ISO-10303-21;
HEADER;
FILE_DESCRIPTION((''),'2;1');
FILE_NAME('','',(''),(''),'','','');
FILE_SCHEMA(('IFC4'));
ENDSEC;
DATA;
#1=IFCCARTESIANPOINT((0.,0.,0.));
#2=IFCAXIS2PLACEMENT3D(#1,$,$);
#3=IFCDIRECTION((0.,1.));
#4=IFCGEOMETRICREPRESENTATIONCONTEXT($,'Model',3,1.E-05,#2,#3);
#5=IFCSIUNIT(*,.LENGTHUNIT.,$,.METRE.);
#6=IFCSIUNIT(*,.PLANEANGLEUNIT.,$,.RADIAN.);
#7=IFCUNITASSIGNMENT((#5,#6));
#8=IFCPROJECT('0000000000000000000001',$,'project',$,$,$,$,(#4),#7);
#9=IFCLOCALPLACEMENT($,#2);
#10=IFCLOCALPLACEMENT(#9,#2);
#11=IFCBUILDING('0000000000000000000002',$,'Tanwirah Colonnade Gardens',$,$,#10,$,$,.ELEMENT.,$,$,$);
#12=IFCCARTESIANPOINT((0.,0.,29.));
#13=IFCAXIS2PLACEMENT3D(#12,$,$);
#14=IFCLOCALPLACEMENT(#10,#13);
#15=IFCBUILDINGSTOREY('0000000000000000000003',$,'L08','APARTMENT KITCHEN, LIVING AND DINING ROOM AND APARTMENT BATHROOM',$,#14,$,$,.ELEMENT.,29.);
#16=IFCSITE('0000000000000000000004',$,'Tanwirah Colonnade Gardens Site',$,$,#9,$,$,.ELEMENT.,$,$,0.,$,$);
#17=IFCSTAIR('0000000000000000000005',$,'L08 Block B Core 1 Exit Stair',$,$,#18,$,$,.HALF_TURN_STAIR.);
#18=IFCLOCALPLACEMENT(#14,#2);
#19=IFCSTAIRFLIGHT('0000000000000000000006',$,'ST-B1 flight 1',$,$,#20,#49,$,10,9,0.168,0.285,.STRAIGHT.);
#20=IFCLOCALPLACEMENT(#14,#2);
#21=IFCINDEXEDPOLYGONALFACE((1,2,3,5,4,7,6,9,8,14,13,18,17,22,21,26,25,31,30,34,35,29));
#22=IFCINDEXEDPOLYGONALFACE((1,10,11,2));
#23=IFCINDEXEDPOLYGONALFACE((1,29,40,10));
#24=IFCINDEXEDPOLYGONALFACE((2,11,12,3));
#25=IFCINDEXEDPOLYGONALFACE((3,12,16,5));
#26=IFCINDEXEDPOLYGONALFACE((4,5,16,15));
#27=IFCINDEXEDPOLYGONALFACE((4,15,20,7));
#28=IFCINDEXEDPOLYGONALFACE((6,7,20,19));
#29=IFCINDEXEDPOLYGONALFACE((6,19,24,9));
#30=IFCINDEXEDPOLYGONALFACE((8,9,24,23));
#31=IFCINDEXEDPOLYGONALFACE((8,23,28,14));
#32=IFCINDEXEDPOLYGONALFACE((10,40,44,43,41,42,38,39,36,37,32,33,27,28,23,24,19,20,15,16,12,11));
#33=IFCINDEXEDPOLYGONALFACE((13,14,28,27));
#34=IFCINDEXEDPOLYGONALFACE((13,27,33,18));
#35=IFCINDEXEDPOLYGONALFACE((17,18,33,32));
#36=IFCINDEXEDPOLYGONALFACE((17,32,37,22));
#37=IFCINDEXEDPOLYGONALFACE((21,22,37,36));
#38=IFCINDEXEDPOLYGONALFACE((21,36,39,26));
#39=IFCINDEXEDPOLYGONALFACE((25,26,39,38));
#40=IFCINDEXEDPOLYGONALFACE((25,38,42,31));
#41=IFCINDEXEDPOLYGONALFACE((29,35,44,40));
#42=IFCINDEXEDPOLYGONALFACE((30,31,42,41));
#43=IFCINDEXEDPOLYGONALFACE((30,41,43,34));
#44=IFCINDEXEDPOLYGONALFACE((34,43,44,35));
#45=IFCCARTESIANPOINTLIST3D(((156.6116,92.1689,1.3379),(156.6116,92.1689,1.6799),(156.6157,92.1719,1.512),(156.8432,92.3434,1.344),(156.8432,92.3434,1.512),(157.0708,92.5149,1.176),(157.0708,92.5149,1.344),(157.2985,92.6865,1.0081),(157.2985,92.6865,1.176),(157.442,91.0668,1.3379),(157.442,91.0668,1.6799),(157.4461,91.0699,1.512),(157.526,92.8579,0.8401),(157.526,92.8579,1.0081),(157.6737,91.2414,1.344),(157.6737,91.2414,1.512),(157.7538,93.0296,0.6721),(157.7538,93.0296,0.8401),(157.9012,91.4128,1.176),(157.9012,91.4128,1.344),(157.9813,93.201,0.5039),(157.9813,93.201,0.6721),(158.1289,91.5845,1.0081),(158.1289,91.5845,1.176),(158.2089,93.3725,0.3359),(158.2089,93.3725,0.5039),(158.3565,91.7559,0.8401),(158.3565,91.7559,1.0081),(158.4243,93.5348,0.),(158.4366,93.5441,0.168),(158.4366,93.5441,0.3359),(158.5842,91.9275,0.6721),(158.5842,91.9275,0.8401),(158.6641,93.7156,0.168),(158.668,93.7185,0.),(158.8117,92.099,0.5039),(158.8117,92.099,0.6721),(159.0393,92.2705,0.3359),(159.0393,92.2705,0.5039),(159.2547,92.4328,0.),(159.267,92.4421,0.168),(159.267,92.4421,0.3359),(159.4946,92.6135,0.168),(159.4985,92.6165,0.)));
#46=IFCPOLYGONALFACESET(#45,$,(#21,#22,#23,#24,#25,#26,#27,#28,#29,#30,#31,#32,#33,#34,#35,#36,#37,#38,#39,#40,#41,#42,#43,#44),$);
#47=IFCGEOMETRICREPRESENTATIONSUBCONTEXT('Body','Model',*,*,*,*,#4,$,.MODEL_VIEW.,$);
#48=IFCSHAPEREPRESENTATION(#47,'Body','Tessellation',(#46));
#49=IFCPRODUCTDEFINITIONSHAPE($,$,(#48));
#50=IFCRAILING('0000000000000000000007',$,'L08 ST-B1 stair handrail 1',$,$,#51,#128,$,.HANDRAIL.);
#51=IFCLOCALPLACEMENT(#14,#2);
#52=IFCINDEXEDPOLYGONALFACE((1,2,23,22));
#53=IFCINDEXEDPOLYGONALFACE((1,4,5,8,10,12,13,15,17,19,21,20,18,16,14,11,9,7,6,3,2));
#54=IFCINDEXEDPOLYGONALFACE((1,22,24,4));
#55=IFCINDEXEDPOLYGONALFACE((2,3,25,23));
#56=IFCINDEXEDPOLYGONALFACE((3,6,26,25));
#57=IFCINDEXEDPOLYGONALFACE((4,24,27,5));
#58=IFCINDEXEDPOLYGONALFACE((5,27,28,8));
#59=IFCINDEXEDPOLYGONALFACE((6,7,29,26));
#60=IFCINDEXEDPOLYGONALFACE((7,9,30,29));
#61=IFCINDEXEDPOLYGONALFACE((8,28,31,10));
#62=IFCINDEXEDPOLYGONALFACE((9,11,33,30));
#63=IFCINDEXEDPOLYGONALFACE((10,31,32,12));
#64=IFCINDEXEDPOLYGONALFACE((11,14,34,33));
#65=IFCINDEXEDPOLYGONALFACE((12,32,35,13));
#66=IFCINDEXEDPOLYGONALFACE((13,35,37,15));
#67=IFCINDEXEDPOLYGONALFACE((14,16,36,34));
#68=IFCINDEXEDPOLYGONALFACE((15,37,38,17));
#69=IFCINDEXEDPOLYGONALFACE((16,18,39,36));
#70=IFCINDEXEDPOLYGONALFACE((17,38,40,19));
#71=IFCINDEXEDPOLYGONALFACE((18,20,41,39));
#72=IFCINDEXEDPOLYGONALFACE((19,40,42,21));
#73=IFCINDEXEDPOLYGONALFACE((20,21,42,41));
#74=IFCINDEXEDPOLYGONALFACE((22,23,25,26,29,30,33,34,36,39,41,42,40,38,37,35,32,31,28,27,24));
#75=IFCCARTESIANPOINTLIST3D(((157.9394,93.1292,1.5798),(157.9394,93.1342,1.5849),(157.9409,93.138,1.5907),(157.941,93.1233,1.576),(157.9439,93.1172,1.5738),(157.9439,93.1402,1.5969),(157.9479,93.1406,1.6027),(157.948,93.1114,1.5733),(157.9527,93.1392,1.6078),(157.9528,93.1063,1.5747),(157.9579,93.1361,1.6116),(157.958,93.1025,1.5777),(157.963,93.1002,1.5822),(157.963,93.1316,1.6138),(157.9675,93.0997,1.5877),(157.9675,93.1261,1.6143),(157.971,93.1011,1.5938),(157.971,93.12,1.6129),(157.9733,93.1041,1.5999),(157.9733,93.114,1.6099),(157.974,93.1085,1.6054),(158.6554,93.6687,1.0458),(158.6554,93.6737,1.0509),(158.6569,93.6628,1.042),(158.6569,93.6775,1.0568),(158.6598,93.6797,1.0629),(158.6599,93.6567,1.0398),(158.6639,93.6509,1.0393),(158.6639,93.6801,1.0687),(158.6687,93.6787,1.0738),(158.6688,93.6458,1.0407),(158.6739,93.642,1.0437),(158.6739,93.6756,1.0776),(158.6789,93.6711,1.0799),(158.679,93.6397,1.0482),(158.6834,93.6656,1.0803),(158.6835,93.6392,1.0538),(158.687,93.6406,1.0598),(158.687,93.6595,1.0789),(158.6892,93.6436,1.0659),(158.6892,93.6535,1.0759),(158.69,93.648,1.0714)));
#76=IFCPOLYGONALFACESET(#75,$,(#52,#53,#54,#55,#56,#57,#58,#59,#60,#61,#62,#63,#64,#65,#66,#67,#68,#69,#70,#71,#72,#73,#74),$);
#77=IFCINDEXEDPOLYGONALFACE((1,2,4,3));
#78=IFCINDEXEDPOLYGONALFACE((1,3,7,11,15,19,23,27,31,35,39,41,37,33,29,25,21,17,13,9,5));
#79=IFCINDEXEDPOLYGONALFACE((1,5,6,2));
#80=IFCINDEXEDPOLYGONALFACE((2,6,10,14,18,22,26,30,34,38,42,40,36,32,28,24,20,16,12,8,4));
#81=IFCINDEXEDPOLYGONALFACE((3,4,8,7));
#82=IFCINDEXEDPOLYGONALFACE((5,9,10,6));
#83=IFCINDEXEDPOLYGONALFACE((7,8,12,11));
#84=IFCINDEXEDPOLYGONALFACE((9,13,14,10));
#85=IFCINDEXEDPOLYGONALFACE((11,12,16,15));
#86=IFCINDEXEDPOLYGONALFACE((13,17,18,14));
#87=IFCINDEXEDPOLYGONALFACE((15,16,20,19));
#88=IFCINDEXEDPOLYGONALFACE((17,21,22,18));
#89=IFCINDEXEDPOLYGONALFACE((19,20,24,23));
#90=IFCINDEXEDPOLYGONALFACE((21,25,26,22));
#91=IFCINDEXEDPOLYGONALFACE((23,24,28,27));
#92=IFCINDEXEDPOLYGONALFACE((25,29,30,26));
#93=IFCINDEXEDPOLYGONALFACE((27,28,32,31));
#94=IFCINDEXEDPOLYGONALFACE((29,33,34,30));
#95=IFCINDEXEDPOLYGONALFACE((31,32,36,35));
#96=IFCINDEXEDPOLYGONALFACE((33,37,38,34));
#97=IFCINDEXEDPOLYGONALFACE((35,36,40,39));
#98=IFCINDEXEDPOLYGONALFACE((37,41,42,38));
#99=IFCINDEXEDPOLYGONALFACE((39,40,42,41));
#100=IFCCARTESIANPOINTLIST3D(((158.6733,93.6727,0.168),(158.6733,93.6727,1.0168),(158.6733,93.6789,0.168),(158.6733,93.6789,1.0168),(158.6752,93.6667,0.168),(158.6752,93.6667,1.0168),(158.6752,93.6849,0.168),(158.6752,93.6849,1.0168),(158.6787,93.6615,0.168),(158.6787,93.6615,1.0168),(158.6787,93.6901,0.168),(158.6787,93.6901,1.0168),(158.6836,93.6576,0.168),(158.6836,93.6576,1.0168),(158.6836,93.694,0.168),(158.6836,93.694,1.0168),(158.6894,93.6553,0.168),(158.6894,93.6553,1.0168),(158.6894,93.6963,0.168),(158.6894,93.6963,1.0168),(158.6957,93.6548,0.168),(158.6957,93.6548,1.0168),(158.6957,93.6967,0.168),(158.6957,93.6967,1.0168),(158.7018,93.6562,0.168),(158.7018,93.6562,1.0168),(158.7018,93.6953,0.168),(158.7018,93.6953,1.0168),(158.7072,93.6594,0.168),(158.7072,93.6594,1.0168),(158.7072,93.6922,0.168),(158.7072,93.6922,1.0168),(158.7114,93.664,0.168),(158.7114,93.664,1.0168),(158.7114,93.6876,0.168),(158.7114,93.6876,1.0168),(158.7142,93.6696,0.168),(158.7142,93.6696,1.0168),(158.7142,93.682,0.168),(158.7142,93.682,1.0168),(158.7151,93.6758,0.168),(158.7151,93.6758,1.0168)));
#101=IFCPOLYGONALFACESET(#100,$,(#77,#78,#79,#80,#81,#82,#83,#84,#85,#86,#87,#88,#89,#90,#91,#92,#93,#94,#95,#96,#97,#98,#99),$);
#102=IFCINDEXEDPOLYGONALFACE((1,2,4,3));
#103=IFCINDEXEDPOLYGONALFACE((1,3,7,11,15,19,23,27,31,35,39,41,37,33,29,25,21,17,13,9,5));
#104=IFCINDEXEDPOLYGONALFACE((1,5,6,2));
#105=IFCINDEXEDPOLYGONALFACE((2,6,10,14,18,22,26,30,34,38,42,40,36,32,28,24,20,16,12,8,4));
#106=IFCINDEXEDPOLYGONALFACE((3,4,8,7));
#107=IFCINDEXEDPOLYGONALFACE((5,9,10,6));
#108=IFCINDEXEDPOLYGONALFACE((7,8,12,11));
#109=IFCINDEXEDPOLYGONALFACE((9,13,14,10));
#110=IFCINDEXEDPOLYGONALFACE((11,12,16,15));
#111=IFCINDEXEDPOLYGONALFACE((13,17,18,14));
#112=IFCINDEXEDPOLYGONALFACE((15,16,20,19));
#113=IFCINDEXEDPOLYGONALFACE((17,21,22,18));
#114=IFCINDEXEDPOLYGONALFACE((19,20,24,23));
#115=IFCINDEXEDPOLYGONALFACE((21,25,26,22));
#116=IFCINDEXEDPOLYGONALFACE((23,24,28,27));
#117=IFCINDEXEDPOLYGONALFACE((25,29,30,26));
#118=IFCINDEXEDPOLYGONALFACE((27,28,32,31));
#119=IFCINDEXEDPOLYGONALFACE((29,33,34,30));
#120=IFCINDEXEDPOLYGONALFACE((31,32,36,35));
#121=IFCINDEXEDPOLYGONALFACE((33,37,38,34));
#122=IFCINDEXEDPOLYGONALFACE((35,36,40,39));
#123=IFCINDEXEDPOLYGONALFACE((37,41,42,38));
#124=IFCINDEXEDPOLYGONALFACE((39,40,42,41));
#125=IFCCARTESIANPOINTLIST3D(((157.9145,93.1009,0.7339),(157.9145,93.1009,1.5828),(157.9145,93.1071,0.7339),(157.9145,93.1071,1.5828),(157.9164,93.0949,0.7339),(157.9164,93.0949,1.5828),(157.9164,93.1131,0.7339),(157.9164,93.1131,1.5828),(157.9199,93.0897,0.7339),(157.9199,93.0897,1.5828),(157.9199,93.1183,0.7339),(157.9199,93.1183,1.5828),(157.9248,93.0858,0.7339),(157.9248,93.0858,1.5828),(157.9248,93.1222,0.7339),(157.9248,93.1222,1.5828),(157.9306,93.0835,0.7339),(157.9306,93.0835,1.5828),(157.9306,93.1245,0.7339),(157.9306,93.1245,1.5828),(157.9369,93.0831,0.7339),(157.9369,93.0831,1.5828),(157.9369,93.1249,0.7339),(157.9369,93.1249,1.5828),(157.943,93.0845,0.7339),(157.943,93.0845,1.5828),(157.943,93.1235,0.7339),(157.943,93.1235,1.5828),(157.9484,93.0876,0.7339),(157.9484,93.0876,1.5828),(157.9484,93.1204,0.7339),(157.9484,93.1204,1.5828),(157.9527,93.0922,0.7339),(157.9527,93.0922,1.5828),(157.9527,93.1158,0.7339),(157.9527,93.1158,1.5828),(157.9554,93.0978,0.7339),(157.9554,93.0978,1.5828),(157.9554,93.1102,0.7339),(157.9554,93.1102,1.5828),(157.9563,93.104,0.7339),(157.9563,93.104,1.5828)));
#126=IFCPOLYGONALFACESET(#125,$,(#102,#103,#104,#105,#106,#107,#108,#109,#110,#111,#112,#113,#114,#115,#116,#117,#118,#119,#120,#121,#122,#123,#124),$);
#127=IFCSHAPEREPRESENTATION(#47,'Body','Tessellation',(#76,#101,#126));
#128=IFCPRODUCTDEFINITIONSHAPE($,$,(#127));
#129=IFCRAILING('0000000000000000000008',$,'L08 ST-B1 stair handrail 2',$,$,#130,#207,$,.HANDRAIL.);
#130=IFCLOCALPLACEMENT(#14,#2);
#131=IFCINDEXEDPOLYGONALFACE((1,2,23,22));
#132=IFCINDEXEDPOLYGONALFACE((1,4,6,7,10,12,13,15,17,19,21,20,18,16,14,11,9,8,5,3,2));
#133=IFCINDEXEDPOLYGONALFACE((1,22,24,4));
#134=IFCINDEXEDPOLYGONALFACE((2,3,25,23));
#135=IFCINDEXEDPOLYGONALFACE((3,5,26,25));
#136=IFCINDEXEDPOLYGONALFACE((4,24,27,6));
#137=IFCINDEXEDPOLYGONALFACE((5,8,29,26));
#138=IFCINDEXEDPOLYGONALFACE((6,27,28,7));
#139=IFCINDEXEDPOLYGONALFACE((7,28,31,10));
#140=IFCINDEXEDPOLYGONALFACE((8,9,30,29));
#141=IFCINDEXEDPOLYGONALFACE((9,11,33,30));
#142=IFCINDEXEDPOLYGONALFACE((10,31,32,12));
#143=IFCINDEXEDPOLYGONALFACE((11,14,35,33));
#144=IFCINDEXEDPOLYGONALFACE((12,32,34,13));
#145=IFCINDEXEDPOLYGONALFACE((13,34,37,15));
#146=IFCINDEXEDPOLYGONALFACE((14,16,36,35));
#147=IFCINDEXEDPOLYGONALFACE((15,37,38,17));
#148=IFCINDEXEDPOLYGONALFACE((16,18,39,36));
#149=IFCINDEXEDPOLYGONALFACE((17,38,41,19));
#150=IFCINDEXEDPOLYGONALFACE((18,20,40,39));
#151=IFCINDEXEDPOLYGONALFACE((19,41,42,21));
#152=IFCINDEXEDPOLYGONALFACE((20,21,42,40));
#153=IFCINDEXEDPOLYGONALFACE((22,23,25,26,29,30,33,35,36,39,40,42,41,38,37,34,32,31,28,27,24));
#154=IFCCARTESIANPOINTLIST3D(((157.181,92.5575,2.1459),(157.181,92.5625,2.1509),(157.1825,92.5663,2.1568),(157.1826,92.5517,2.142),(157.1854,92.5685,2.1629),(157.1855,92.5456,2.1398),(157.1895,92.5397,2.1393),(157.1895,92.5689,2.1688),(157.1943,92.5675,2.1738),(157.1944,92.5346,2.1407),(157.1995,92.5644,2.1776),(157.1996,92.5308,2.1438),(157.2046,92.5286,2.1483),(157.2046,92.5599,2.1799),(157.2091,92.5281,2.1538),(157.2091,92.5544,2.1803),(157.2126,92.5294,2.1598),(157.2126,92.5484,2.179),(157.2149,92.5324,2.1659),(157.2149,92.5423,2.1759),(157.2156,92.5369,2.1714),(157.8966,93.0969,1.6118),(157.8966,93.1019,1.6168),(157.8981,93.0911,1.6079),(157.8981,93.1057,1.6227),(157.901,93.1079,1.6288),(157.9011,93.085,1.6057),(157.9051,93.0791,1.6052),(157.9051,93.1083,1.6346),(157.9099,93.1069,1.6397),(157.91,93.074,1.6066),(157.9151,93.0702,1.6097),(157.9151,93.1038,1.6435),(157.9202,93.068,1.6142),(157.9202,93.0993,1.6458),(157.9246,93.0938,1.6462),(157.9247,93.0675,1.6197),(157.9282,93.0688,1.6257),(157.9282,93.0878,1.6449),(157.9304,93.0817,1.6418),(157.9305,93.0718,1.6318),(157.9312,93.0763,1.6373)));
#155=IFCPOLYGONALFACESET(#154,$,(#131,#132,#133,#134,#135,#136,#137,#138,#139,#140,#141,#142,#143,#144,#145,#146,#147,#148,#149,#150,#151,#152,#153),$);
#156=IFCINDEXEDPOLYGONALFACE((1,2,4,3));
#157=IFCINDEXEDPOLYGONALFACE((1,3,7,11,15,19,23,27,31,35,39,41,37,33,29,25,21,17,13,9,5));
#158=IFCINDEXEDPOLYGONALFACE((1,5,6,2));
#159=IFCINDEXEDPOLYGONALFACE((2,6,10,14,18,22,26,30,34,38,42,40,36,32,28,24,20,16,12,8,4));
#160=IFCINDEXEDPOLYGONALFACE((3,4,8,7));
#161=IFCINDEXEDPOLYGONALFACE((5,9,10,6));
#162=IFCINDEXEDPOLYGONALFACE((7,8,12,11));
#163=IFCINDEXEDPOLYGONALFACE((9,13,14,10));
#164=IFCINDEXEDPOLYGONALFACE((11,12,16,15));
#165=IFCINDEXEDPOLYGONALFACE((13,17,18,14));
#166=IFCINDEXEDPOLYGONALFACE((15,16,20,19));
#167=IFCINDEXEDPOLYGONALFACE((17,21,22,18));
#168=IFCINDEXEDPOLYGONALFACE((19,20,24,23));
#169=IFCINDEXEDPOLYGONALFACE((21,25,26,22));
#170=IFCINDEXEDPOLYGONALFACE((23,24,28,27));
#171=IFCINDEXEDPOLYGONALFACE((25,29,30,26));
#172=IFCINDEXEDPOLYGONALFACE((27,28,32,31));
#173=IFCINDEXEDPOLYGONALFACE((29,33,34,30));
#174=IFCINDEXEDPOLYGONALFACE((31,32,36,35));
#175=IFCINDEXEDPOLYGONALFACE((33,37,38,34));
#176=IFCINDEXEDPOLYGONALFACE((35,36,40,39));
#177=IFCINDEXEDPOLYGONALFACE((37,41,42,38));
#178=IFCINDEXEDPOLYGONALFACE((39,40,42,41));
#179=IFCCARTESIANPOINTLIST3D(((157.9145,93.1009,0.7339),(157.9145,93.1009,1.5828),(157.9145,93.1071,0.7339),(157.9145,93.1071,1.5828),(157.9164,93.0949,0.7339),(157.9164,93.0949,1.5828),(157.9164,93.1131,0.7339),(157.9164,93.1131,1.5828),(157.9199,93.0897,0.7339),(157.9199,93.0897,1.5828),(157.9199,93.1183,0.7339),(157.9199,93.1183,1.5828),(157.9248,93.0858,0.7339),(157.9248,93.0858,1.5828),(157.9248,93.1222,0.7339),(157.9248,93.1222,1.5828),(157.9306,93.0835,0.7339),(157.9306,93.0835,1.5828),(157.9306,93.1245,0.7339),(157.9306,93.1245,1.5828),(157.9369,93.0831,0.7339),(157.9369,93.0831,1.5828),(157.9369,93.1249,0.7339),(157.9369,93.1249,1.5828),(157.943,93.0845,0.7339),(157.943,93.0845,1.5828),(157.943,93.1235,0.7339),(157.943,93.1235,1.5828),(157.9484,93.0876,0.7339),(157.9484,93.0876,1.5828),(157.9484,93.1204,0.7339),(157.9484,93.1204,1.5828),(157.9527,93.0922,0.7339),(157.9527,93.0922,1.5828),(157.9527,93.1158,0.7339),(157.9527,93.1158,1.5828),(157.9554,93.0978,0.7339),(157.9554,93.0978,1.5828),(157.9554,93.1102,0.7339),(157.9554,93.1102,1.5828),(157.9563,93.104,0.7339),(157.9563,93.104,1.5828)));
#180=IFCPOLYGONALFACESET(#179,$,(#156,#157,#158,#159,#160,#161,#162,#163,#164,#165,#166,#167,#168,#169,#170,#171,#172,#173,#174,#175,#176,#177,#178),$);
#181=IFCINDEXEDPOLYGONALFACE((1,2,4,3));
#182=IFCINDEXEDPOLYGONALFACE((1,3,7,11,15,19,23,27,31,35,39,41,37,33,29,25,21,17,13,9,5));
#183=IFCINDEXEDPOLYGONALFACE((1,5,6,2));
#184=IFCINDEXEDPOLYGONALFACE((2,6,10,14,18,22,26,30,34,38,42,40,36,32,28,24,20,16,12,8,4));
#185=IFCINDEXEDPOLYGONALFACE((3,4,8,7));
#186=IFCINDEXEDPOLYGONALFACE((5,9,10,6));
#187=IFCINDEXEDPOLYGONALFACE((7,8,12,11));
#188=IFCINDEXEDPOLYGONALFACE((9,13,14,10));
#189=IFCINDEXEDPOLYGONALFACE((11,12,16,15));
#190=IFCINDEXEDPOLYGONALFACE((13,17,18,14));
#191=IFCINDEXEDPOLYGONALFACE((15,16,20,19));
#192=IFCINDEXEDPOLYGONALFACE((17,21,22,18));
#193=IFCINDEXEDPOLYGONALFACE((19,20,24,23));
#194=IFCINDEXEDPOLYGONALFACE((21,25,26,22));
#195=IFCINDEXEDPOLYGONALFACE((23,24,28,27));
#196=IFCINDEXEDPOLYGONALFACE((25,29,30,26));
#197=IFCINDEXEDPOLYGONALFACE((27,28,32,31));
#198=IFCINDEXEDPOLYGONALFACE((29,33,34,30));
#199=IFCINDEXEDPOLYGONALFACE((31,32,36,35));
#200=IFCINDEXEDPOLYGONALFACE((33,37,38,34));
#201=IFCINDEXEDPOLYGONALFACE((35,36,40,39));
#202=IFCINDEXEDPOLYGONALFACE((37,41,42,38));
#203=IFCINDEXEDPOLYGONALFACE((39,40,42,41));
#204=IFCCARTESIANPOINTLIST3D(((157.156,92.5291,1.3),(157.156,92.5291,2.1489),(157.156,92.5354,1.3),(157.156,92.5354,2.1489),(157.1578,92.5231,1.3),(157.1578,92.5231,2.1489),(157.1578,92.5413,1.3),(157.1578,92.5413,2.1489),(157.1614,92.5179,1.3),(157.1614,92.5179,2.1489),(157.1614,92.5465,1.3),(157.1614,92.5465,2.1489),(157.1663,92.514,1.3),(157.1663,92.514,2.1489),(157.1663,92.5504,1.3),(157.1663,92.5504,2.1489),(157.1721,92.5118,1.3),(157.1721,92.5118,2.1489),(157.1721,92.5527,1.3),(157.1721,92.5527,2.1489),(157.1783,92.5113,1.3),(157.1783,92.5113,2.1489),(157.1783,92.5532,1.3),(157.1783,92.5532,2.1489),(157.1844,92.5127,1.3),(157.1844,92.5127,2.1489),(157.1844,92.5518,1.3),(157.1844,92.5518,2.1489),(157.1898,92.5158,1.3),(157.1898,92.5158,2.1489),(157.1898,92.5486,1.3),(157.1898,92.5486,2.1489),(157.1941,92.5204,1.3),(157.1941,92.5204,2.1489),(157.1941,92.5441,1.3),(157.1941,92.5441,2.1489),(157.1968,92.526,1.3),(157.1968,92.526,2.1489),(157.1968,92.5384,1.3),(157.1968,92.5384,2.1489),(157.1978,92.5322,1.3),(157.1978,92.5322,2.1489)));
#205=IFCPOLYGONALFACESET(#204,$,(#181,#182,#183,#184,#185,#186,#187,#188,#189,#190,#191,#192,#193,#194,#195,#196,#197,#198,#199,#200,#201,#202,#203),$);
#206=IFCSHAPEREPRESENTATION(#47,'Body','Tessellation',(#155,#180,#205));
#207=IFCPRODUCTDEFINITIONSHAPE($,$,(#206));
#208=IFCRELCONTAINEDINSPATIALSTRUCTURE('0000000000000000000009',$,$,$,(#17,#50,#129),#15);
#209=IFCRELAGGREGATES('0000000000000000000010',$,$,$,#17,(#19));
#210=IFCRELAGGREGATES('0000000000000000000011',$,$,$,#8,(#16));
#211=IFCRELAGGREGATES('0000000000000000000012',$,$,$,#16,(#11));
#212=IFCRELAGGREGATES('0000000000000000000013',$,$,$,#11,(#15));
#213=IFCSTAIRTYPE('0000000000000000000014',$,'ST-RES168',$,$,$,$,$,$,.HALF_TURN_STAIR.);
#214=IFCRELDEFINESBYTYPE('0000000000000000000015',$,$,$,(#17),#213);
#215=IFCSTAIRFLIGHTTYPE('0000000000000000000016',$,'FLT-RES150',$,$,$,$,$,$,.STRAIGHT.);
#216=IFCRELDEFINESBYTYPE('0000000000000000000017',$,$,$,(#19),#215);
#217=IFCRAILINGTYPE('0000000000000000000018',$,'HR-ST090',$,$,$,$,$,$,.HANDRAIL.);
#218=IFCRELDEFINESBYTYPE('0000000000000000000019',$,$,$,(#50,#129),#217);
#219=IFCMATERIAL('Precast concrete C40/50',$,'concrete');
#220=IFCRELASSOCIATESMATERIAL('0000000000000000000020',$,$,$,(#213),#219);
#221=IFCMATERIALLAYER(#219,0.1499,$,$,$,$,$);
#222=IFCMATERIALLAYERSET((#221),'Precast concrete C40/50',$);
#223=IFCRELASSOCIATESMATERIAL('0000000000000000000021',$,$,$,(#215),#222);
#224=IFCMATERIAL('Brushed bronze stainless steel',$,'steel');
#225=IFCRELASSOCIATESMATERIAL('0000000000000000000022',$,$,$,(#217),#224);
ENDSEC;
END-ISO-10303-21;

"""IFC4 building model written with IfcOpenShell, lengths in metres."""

from ifc_helpers import new_model, si_unit, direction, frame, origin, origin_2d, place, context, subcontext, project, spatial, polyline, circle, outline, extrude, material, layer, layer_set, type_object, element, aggregate, save


model = new_model("IFC4")

# Units and contexts
model_context = context("Model", 3, precision=1e-05, world=origin(), true_north=direction((0.0, 1.0)))
body_context = subcontext(model_context, "Body", "Model", "MODEL_VIEW")
ifc_project = project(units=[si_unit("LENGTHUNIT", "METRE"), si_unit("PLANEANGLEUNIT", "RADIAN")], contexts=[model_context])

# Site, building, storey
site_placement = place(None, origin())
site = spatial("IfcSite", under=ifc_project, at=site_placement, Name="Tanwirah Colonnade Gardens Site", CompositionType="ELEMENT", RefElevation=0.0)
building_placement = place(site_placement, origin())
building = spatial("IfcBuilding", under=site, at=building_placement, Name="Tanwirah Colonnade Gardens", CompositionType="ELEMENT")
storey_placement = place(building_placement, frame((0.0, 0.0, 29.0)))
storey = spatial("IfcBuildingStorey", under=building, at=storey_placement, Name="L08", Description="APARTMENT KITCHEN, LIVING AND DINING ROOM AND APARTMENT BATHROOM", CompositionType="ELEMENT", Elevation=29.0)

# Shared definitions
ifc_material_1 = material(Name="Precast concrete C40/50", Category="concrete")

# Stair, stair flight
stair_type = type_object("IfcStairType", Name="ST-RES168", PredefinedType="HALF_TURN_STAIR", material=ifc_material_1)
stair_placement = place(storey_placement, origin())
stair = element("IfcStair", 1, at=stair_placement, inside=storey, type_object=stair_type, Name="L08 Block B Core 1 Exit Stair", PredefinedType="HALF_TURN_STAIR")
ifc_layer_1 = layer(ifc_material_1, 0.1499)
ifc_layer_set_1 = layer_set([ifc_layer_1], Name="Precast concrete C40/50")
stair_flight_type = type_object("IfcStairFlightType", Name="FLT-RES150", PredefinedType="STRAIGHT", material=ifc_layer_set_1)
stair_flight_placement = place(storey_placement, frame((159.0793, 93.1646, 0.0), z_axis=(0.0, 0.0, 1.0), x_axis=(-0.798636, -0.601815, 0.0)))
stair_flight = element("IfcStairFlight", 2, at=stair_flight_placement, type_object=stair_flight_type, Name="ST-B1 flight 1", NumberOfRisers=10, NumberOfTreads=9, PredefinedType="STRAIGHT", RiserHeight=0.168, TreadLength=0.285, context=body_context, shape_type="SweptSolid", body=[
    extrude(outline(polyline([(-0.0049, 0.0), (0.0, 0.168), (0.2849, 0.168), (0.2849, 0.3359), (0.5701, 0.3359), (0.5701, 0.5039), (0.855, 0.5039), (0.855, 0.6721), (1.1399, 0.6721), (1.1399, 0.8401), (1.425, 0.8401), (1.425, 1.0081), (1.71, 1.0081), (1.71, 1.176), (1.9951, 1.176), (1.9951, 1.344), (2.28, 1.344), (2.28, 1.512), (2.5649, 1.512), (2.5701, 1.6799), (2.5701, 1.3379), (0.3003, 0.0), (-0.0049, 0.0)])), frame((0.0, 0.6899, 0.0), z_axis=(0.0, -1.0, 0.0), x_axis=(1.0, 0.0, 0.0)), (0.0, 0.0, 1.0), 1.3799),
])
aggregate(stair, [stair_flight])

# Railings
ifc_material_2 = material(Name="Brushed bronze stainless steel", Category="steel")
railing_type = type_object("IfcRailingType", Name="HR-ST090", PredefinedType="HANDRAIL", material=ifc_material_2)
railing_1_placement = place(storey_placement, frame((158.6941, 93.6758, 0.168)))
element("IfcRailing", 3, at=railing_1_placement, inside=storey, type_object=railing_type, Name="L08 ST-B1 stair handrail 1", PredefinedType="HANDRAIL", context=body_context, shape_type="SweptSolid", body=[
    extrude(circle(Radius=0.0239, at=origin_2d()), frame((-0.0215, -0.0161, 0.8918), z_axis=(-0.686145, -0.517037, 0.511739), x_axis=(0.601807, -0.798641, 0.0)), (0.0, 0.0, 1.0), 1.0435),
    extrude(circle(Radius=0.021, at=origin_2d()), origin(), (0.0, 0.0, 1.0), 0.8489),
    extrude(circle(Radius=0.021, at=origin_2d()), frame((-0.7588, -0.5718, 0.5659)), (0.0, 0.0, 1.0), 0.8489),
])
railing_2_placement = place(storey_placement, frame((157.9353, 93.104, 0.7339)))
element("IfcRailing", 4, at=railing_2_placement, inside=storey, type_object=railing_type, Name="L08 ST-B1 stair handrail 2", PredefinedType="HANDRAIL", context=body_context, shape_type="SweptSolid", body=[
    extrude(circle(Radius=0.0239, at=origin_2d()), frame((-0.0215, -0.0161, 0.8918), z_axis=(-0.685951, -0.517057, 0.511979), x_axis=(0.601931, -0.798548, 0.0)), (0.0, 0.0, 1.0), 1.0432),
    extrude(circle(Radius=0.021, at=origin_2d()), origin(), (0.0, 0.0, 1.0), 0.8489),
    extrude(circle(Radius=0.021, at=origin_2d()), frame((-0.7585, -0.5718, 0.5662)), (0.0, 0.0, 1.0), 0.8489),
])

save(model, "model.ifc")
